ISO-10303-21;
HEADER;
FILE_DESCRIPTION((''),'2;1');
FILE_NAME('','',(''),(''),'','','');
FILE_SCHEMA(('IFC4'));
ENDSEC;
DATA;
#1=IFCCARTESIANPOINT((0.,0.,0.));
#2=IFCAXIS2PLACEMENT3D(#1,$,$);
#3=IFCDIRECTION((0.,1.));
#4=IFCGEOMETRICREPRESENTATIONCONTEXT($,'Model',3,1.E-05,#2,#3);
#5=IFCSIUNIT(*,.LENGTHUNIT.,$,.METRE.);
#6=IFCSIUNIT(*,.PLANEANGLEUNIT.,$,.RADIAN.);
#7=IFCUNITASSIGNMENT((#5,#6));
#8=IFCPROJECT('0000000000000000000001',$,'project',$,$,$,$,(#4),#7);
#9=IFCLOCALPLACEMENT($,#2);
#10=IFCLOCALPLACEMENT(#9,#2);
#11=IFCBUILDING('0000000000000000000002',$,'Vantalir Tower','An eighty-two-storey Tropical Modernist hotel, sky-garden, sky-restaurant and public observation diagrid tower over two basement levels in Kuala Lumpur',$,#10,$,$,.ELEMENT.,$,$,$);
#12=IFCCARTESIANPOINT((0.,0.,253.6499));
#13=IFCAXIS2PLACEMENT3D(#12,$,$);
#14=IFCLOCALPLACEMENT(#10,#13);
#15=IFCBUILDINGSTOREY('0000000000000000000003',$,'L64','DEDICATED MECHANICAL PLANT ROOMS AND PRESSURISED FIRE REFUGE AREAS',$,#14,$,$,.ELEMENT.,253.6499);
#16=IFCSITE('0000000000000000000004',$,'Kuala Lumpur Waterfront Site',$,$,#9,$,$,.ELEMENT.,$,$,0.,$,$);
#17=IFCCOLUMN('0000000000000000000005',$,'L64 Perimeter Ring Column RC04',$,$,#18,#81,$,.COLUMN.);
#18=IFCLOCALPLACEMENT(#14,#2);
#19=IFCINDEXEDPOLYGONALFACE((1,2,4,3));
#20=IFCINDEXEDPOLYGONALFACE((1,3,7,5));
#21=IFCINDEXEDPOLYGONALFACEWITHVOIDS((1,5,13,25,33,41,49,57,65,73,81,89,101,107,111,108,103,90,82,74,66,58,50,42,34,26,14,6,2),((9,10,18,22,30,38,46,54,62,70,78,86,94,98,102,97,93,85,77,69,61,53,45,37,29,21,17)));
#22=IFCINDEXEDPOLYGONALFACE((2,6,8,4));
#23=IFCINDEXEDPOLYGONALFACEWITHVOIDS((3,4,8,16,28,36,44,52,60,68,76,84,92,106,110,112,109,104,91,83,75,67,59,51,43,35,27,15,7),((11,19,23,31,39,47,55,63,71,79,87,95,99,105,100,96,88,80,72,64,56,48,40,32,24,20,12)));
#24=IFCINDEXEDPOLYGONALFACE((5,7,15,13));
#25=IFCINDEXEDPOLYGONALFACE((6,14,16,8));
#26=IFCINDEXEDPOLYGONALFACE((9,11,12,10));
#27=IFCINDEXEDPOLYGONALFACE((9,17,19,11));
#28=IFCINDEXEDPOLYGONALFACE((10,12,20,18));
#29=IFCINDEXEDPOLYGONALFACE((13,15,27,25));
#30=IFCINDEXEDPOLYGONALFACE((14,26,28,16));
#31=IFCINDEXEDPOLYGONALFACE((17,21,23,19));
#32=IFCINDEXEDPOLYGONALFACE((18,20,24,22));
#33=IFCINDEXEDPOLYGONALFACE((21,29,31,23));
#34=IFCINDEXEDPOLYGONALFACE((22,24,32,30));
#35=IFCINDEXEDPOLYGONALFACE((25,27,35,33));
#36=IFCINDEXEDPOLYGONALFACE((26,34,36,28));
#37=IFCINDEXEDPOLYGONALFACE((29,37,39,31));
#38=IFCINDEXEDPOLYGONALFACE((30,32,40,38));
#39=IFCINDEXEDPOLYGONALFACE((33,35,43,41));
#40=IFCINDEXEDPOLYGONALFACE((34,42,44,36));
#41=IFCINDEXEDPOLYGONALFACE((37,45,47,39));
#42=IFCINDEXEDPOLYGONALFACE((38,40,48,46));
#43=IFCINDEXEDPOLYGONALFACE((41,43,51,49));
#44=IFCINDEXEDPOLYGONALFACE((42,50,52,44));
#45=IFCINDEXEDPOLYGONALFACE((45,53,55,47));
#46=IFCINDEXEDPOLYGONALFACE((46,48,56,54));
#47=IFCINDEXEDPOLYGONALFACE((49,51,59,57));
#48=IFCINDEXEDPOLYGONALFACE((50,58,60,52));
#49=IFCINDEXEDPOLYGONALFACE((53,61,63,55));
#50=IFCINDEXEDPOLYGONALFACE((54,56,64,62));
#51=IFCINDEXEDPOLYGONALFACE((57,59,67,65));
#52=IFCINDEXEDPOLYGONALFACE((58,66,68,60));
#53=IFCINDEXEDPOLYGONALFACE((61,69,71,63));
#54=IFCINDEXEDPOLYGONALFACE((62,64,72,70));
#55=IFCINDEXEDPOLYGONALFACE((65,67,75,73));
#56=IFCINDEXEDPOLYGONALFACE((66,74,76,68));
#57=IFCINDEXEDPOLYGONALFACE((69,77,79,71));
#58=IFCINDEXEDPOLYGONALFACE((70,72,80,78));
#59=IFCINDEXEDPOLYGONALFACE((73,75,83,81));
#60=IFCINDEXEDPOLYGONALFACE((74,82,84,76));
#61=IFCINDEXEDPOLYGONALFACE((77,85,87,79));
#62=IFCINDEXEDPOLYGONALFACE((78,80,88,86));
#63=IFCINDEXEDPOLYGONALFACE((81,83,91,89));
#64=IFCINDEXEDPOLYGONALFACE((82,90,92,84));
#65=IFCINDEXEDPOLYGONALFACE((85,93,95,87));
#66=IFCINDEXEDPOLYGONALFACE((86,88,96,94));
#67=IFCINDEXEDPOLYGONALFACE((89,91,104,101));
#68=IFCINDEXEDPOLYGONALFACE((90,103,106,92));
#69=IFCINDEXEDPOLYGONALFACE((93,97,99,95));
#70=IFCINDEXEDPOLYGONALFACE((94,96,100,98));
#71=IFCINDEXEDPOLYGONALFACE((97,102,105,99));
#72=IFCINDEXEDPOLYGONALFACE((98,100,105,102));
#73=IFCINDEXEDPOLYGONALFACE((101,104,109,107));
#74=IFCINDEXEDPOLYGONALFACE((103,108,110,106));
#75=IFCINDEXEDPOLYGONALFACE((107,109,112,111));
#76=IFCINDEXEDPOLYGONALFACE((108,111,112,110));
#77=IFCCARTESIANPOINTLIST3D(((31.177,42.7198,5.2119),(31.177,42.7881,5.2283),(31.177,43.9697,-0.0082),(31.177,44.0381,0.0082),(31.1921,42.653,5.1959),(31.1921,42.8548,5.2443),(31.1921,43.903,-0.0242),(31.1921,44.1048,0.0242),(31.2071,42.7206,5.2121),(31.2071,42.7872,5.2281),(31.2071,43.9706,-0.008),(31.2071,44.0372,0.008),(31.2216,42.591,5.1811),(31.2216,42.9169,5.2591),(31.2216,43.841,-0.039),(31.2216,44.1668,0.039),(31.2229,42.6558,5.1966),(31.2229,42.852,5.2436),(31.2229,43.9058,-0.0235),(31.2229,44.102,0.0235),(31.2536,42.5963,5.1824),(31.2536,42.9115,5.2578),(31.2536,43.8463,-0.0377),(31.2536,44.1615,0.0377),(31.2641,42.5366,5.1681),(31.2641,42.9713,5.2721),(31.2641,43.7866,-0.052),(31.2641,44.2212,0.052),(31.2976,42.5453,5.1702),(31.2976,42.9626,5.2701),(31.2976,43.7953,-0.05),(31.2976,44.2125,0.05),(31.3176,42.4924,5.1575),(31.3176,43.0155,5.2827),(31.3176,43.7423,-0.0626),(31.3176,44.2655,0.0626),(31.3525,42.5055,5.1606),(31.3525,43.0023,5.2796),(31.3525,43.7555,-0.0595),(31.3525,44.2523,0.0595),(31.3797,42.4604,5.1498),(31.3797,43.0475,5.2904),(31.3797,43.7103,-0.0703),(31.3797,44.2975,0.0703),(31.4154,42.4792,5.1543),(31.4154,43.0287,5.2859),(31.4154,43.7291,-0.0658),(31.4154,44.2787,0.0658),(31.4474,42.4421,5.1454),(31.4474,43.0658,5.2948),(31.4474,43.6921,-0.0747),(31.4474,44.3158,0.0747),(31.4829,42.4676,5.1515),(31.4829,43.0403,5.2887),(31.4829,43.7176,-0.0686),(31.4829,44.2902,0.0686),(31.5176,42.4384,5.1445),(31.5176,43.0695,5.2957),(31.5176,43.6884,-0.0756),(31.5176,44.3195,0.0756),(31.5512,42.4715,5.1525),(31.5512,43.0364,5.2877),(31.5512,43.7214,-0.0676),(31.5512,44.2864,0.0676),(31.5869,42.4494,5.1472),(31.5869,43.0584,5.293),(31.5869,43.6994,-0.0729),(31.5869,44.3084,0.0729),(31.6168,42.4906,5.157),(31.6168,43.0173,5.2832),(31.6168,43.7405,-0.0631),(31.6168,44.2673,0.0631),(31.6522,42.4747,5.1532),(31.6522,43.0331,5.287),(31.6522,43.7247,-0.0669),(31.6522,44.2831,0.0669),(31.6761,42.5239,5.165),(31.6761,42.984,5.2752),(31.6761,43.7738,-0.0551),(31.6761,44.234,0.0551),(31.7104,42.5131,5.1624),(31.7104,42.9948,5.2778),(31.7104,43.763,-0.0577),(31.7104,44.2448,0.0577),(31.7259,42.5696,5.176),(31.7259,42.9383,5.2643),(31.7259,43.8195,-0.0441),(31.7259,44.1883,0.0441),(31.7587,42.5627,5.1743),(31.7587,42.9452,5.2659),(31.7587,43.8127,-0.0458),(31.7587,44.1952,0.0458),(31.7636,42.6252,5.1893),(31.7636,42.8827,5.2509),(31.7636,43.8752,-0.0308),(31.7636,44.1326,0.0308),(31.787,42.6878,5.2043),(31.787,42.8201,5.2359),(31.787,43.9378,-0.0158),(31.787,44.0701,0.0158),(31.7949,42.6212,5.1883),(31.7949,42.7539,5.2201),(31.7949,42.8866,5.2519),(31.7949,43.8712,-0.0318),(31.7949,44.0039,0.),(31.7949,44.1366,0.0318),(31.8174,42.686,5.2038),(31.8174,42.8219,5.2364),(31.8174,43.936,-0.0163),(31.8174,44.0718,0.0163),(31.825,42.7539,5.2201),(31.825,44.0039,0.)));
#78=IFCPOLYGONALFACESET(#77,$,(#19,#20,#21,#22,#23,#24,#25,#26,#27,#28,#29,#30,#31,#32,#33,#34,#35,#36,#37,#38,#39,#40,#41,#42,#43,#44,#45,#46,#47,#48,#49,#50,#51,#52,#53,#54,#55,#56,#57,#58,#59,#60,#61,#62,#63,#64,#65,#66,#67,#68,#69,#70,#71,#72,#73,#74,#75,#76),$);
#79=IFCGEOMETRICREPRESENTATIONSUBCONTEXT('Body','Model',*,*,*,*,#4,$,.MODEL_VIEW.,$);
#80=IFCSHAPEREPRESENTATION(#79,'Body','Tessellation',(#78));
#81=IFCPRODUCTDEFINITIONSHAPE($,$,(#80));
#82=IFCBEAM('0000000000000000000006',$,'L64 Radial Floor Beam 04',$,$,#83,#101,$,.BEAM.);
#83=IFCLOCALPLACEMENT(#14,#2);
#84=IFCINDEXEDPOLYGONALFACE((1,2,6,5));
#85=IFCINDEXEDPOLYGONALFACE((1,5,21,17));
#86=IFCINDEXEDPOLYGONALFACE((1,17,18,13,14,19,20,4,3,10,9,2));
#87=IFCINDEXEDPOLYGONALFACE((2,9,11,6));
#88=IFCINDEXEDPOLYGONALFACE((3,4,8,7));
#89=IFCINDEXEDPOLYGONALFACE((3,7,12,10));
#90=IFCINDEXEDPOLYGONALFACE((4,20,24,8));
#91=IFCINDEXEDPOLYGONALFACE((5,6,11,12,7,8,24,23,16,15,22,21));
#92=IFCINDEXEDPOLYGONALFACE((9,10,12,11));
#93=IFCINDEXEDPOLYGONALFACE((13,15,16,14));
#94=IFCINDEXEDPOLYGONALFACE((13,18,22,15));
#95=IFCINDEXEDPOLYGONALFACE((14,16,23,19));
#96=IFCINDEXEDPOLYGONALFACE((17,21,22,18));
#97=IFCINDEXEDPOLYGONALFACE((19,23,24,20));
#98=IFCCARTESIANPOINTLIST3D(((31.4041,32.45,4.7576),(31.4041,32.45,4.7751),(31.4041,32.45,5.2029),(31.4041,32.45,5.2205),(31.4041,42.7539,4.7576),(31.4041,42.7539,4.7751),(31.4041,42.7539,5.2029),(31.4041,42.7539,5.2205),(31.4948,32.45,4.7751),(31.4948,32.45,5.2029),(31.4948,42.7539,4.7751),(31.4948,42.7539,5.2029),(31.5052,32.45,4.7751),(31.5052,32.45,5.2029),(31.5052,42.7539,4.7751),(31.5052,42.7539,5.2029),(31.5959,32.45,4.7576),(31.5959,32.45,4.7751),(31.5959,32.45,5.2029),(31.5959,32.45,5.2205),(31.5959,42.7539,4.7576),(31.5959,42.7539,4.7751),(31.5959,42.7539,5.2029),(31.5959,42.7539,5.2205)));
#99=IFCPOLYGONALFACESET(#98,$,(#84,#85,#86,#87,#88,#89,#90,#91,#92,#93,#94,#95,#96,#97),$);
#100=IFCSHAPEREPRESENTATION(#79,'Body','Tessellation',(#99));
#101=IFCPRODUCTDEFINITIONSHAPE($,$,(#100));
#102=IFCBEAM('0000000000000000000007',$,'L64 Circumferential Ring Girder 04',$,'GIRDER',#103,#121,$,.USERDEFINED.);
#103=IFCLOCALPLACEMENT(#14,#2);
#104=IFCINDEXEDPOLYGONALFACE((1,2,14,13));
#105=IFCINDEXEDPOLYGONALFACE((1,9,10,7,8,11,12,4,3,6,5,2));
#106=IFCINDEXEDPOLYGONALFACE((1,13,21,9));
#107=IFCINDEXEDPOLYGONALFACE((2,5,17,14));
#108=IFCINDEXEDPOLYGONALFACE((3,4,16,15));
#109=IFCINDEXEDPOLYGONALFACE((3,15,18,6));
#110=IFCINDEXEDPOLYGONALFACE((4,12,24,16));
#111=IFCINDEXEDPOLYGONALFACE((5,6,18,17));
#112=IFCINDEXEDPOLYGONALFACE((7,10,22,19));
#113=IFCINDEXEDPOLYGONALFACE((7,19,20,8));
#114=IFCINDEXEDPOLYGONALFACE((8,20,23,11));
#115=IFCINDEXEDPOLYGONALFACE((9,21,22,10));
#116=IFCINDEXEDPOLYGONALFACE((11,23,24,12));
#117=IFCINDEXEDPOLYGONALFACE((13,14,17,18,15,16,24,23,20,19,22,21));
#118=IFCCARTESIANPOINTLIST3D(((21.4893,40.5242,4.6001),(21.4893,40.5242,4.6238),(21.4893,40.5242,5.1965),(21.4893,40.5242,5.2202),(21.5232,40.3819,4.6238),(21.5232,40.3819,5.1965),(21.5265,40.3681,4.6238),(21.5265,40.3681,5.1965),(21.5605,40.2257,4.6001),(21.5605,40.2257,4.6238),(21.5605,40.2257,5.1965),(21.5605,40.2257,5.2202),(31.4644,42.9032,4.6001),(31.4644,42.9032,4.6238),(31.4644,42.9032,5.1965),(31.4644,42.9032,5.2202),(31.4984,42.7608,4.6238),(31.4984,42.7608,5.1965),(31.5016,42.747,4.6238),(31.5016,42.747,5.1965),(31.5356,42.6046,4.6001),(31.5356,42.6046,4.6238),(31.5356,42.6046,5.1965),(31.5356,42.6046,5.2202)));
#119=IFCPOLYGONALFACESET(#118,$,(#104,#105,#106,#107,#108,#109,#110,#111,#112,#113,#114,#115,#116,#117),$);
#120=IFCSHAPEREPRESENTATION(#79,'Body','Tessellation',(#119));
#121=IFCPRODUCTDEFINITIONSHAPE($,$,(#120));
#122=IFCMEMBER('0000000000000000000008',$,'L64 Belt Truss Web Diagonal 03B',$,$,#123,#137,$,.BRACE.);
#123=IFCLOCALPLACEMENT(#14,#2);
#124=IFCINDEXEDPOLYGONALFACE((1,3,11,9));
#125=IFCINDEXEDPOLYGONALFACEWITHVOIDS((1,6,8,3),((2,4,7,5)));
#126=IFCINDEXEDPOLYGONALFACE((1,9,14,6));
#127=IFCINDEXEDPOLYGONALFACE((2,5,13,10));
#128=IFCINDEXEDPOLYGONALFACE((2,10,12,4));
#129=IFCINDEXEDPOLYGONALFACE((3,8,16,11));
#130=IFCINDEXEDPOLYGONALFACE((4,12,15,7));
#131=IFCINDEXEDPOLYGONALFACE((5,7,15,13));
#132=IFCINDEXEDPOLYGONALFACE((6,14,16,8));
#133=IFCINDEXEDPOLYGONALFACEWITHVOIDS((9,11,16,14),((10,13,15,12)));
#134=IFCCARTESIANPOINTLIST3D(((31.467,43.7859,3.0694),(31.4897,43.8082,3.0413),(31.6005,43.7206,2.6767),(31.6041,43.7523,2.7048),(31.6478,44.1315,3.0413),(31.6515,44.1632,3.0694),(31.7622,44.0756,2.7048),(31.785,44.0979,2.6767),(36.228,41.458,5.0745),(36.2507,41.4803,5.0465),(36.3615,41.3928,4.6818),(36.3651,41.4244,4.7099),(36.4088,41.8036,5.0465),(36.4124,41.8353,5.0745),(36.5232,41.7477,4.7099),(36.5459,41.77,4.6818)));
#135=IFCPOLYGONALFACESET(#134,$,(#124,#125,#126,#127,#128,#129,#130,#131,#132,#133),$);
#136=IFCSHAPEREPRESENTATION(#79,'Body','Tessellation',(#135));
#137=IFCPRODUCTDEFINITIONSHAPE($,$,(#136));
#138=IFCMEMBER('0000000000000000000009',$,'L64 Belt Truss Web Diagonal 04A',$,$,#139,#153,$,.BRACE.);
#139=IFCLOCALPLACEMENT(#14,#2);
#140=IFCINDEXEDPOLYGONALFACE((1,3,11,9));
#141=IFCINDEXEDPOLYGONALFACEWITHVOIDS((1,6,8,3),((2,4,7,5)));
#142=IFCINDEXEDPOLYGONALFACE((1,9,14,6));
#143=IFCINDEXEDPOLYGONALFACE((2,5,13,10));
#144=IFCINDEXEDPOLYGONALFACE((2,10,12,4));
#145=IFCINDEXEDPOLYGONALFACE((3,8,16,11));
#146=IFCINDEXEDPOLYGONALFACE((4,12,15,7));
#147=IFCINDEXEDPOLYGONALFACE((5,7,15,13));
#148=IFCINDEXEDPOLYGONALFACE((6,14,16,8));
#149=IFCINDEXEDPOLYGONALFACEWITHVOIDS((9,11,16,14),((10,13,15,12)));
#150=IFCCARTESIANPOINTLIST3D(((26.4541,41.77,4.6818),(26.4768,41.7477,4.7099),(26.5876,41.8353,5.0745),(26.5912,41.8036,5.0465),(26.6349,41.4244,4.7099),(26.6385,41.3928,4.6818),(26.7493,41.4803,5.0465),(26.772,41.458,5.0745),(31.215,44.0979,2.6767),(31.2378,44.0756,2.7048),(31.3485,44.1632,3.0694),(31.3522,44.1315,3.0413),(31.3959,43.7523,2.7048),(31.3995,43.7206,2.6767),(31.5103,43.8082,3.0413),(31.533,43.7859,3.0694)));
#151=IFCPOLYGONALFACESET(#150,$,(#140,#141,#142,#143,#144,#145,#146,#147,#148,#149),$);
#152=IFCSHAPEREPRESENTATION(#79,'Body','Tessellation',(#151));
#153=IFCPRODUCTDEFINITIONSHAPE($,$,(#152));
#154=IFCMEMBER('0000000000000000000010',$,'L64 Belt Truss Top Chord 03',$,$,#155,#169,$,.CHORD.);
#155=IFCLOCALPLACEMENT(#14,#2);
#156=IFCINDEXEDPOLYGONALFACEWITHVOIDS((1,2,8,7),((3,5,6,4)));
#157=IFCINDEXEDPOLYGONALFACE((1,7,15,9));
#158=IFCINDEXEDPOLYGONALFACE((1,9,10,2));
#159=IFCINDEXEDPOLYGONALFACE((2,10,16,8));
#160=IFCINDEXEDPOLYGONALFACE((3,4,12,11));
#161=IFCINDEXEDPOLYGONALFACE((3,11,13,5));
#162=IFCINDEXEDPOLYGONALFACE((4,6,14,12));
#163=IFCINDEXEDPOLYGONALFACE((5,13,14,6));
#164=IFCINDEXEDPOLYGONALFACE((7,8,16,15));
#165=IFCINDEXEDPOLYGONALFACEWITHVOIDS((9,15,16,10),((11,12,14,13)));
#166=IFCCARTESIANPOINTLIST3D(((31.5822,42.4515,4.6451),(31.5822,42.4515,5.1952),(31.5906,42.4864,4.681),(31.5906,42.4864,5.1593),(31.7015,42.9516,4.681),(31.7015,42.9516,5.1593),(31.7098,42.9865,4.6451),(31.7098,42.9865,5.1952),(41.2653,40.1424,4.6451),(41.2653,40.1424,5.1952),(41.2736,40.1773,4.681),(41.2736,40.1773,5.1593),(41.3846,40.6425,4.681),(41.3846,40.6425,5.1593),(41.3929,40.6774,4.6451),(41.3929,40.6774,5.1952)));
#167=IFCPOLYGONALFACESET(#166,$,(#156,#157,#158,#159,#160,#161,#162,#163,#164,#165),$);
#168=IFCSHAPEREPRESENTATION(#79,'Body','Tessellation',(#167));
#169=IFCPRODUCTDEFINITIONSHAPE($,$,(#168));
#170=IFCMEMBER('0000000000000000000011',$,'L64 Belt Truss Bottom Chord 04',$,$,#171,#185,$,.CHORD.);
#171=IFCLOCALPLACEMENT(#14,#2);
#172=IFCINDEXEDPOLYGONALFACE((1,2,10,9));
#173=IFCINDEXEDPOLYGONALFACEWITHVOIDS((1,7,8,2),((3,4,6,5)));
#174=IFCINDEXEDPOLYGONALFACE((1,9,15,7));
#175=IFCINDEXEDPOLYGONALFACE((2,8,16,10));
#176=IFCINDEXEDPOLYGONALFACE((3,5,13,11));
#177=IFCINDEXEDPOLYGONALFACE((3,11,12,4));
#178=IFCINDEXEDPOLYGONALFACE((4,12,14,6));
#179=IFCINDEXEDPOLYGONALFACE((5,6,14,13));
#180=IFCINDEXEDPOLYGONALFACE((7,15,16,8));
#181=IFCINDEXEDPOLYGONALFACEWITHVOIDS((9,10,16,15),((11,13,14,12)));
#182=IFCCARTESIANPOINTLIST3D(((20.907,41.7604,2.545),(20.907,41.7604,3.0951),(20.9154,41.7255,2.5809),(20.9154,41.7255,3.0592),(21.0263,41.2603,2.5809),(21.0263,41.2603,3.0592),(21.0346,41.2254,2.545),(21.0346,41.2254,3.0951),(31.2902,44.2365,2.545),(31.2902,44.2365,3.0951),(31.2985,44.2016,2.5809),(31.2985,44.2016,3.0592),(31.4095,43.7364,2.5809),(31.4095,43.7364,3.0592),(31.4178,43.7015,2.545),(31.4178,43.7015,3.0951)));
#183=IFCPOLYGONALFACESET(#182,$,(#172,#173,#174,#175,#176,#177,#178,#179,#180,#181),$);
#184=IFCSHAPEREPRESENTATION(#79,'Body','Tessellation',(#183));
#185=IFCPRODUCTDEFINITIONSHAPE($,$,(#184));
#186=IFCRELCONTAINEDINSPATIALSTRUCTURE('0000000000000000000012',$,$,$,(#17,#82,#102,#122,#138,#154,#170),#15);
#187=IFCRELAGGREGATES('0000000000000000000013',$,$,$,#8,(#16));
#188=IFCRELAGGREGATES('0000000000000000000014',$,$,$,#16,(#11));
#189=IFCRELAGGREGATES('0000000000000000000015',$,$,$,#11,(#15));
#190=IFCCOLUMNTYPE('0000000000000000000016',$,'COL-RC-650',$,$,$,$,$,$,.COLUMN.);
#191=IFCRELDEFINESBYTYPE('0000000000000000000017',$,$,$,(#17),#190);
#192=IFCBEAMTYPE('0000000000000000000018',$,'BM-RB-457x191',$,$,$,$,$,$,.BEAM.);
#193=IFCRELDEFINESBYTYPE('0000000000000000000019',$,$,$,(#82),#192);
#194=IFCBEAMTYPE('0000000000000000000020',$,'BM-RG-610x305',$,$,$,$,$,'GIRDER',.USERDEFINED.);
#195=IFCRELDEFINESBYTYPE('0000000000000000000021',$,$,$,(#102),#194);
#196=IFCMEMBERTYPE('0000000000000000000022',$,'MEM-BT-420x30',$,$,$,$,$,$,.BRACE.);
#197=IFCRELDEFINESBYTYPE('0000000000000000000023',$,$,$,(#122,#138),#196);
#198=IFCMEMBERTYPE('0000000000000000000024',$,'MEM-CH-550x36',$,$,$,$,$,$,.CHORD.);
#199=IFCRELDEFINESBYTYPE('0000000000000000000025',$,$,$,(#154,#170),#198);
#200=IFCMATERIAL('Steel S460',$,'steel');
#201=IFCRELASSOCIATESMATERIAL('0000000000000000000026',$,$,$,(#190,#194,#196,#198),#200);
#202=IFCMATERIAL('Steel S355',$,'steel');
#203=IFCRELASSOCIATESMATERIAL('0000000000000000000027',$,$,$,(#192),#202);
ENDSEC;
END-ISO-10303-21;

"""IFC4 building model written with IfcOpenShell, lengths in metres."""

from ifc_helpers import new_model, si_unit, direction, frame, origin, origin_2d, place, context, subcontext, project, spatial, hollow_rectangle, hollow_circle, i_section, extrude, material, material_profile, profile_set, type_object, element, save


model = new_model("IFC4")

# Units and contexts
model_context = context("Model", 3, precision=1e-05, world=origin(), true_north=direction((0.0, 1.0)))
body_context = subcontext(model_context, "Body", "Model", "MODEL_VIEW")
ifc_project = project(units=[si_unit("LENGTHUNIT", "METRE"), si_unit("PLANEANGLEUNIT", "RADIAN")], contexts=[model_context])

# Site, building, storey
site_placement = place(None, origin())
site = spatial("IfcSite", under=ifc_project, at=site_placement, Name="Kuala Lumpur Waterfront Site", CompositionType="ELEMENT", RefElevation=0.0)
building_placement = place(site_placement, origin())
building = spatial("IfcBuilding", under=site, at=building_placement, Name="Vantalir Tower", Description="An eighty-two-storey Tropical Modernist hotel, sky-garden, sky-restaurant and public observation diagrid tower over two basement levels in Kuala Lumpur", CompositionType="ELEMENT")
storey_placement = place(building_placement, frame((0.0, 0.0, 253.6499)))
storey = spatial("IfcBuildingStorey", under=building, at=storey_placement, Name="L64", Description="DEDICATED MECHANICAL PLANT ROOMS AND PRESSURISED FIRE REFUGE AREAS", CompositionType="ELEMENT", Elevation=253.6499)

# Column
ifc_material_1 = material(Name="Steel S460", Category="steel")
ifc_material_profile_1 = material_profile(ifc_material_1, hollow_circle(Radius=0.325, WallThickness=0.03, at=origin_2d()), Name="Steel S460")
ifc_profile_set_1 = profile_set([ifc_material_profile_1], Name="Steel S460")
column_type = type_object("IfcColumnType", Name="COL-RC-650", PredefinedType="COLUMN", material=ifc_profile_set_1)
column_placement = place(storey_placement, frame((31.5, 44.0039, 0.0), z_axis=(0.0, -0.232871, 0.972508), x_axis=(1.0, 0.0, 0.0)))
element("IfcColumn", 1, at=column_placement, inside=storey, type_object=column_type, Name="L64 Perimeter Ring Column RC04", PredefinedType="COLUMN", context=body_context, shape_type="SweptSolid", body=[
    extrude(hollow_circle(Radius=0.325, WallThickness=0.03, at=origin_2d()), origin(), (0.0, 0.0, 1.0), 5.3677),
])

# Beams
ifc_material_2 = material(Name="Steel S355", Category="steel")
ifc_material_profile_2 = material_profile(ifc_material_2, i_section(OverallWidth=0.1919, OverallDepth=0.4629, WebThickness=0.0105, FlangeThickness=0.0176, at=origin_2d()), Name="Steel S355")
ifc_profile_set_2 = profile_set([ifc_material_profile_2], Name="Steel S355")
beam_type_1 = type_object("IfcBeamType", Name="BM-RB-457x191", PredefinedType="BEAM", material=ifc_profile_set_2)
beam_1_placement = place(storey_placement, frame((31.5, 42.7539, 4.989), z_axis=(0.0, -1.0, 0.0), x_axis=(1.0, 0.0, 0.0)))
element("IfcBeam", 2, at=beam_1_placement, inside=storey, type_object=beam_type_1, Name="L64 Radial Floor Beam 04", PredefinedType="BEAM", context=body_context, shape_type="SweptSolid", body=[
    extrude(i_section(OverallWidth=0.1919, OverallDepth=0.4629, WebThickness=0.0105, FlangeThickness=0.0176, at=origin_2d()), origin(), (0.0, 0.0, 1.0), 10.304),
])
ifc_material_profile_3 = material_profile(ifc_material_1, i_section(OverallWidth=0.3069, OverallDepth=0.6201, WebThickness=0.0142, FlangeThickness=0.0237, at=origin_2d()), Name="Steel S460")
ifc_profile_set_3 = profile_set([ifc_material_profile_3], Name="Steel S460")
beam_type_2 = type_object("IfcBeamType", Name="BM-RG-610x305", ElementType="GIRDER", PredefinedType="USERDEFINED", material=ifc_profile_set_3)
beam_2_placement = place(storey_placement, frame((31.5, 42.7539, 4.9102), z_axis=(-0.972721, -0.231979, 0.0), x_axis=(0.231979, -0.972721, 0.0)))
element("IfcBeam", 3, at=beam_2_placement, inside=storey, type_object=beam_type_2, Name="L64 Circumferential Ring Girder 04", ObjectType="GIRDER", PredefinedType="USERDEFINED", context=body_context, shape_type="SweptSolid", body=[
    extrude(i_section(OverallWidth=0.3069, OverallDepth=0.6201, WebThickness=0.0142, FlangeThickness=0.0237, at=origin_2d()), origin(), (0.0, 0.0, 1.0), 10.2549),
])

# Members
ifc_material_profile_4 = material_profile(ifc_material_1, hollow_rectangle(XDim=0.4199, YDim=0.4199, WallThickness=0.03, at=origin_2d()), Name="Steel S460")
ifc_profile_set_4 = profile_set([ifc_material_profile_4], Name="Steel S460")
member_type_1 = type_object("IfcMemberType", Name="MEM-BT-420x30", PredefinedType="BRACE", material=ifc_profile_set_4)
for number, where, z_axis, x_axis, name in (
    (4, (31.626, 43.9419, 2.873), (0.840234, -0.410832, 0.353871), (0.439254, 0.898363, 0.0), "L64 Belt Truss Web Diagonal 03B"),
    (5, (31.374, 43.9419, 2.873), (-0.840234, -0.410832, 0.353871), (0.439254, -0.898363, 0.0), "L64 Belt Truss Web Diagonal 04A"),
):
    element("IfcMember", number, at=place(storey_placement, frame(where, z_axis=z_axis, x_axis=x_axis)), inside=storey, type_object=member_type_1, Name=name, PredefinedType="BRACE", context=body_context, shape_type="SweptSolid", body=[
        extrude(hollow_rectangle(XDim=0.4199, YDim=0.4199, WallThickness=0.03, at=origin_2d()), origin(), (0.0, 0.0, 1.0), 5.6663),
    ])
ifc_material_profile_5 = material_profile(ifc_material_1, hollow_rectangle(XDim=0.55, YDim=0.55, WallThickness=0.0359, at=origin_2d()), Name="Steel S460")
ifc_profile_set_5 = profile_set([ifc_material_profile_5], Name="Steel S460")
member_type_2 = type_object("IfcMemberType", Name="MEM-CH-550x36", PredefinedType="CHORD", material=ifc_profile_set_5)
member_1_placement = place(storey_placement, frame((41.3291, 40.4099, 4.9202), z_axis=(-0.972725, 0.231961, 0.0), x_axis=(-0.231961, -0.972725, 0.0)))
element("IfcMember", 6, at=member_1_placement, inside=storey, type_object=member_type_2, Name="L64 Belt Truss Top Chord 03", PredefinedType="CHORD", context=body_context, shape_type="SweptSolid", body=[
    extrude(hollow_rectangle(XDim=0.55, YDim=0.55, WallThickness=0.0359, at=origin_2d()), origin(), (0.0, 0.0, 1.0), 9.9546),
])
member_2_placement = place(storey_placement, frame((31.354, 43.969, 2.8201), z_axis=(-0.972723, -0.231968, 0.0), x_axis=(0.231968, -0.972723, 0.0)))
element("IfcMember", 7, at=member_2_placement, inside=storey, type_object=member_type_2, Name="L64 Belt Truss Bottom Chord 04", PredefinedType="CHORD", context=body_context, shape_type="SweptSolid", body=[
    extrude(hollow_rectangle(XDim=0.55, YDim=0.55, WallThickness=0.0359, at=origin_2d()), origin(), (0.0, 0.0, 1.0), 10.6743),
])

save(model, "model.ifc")
